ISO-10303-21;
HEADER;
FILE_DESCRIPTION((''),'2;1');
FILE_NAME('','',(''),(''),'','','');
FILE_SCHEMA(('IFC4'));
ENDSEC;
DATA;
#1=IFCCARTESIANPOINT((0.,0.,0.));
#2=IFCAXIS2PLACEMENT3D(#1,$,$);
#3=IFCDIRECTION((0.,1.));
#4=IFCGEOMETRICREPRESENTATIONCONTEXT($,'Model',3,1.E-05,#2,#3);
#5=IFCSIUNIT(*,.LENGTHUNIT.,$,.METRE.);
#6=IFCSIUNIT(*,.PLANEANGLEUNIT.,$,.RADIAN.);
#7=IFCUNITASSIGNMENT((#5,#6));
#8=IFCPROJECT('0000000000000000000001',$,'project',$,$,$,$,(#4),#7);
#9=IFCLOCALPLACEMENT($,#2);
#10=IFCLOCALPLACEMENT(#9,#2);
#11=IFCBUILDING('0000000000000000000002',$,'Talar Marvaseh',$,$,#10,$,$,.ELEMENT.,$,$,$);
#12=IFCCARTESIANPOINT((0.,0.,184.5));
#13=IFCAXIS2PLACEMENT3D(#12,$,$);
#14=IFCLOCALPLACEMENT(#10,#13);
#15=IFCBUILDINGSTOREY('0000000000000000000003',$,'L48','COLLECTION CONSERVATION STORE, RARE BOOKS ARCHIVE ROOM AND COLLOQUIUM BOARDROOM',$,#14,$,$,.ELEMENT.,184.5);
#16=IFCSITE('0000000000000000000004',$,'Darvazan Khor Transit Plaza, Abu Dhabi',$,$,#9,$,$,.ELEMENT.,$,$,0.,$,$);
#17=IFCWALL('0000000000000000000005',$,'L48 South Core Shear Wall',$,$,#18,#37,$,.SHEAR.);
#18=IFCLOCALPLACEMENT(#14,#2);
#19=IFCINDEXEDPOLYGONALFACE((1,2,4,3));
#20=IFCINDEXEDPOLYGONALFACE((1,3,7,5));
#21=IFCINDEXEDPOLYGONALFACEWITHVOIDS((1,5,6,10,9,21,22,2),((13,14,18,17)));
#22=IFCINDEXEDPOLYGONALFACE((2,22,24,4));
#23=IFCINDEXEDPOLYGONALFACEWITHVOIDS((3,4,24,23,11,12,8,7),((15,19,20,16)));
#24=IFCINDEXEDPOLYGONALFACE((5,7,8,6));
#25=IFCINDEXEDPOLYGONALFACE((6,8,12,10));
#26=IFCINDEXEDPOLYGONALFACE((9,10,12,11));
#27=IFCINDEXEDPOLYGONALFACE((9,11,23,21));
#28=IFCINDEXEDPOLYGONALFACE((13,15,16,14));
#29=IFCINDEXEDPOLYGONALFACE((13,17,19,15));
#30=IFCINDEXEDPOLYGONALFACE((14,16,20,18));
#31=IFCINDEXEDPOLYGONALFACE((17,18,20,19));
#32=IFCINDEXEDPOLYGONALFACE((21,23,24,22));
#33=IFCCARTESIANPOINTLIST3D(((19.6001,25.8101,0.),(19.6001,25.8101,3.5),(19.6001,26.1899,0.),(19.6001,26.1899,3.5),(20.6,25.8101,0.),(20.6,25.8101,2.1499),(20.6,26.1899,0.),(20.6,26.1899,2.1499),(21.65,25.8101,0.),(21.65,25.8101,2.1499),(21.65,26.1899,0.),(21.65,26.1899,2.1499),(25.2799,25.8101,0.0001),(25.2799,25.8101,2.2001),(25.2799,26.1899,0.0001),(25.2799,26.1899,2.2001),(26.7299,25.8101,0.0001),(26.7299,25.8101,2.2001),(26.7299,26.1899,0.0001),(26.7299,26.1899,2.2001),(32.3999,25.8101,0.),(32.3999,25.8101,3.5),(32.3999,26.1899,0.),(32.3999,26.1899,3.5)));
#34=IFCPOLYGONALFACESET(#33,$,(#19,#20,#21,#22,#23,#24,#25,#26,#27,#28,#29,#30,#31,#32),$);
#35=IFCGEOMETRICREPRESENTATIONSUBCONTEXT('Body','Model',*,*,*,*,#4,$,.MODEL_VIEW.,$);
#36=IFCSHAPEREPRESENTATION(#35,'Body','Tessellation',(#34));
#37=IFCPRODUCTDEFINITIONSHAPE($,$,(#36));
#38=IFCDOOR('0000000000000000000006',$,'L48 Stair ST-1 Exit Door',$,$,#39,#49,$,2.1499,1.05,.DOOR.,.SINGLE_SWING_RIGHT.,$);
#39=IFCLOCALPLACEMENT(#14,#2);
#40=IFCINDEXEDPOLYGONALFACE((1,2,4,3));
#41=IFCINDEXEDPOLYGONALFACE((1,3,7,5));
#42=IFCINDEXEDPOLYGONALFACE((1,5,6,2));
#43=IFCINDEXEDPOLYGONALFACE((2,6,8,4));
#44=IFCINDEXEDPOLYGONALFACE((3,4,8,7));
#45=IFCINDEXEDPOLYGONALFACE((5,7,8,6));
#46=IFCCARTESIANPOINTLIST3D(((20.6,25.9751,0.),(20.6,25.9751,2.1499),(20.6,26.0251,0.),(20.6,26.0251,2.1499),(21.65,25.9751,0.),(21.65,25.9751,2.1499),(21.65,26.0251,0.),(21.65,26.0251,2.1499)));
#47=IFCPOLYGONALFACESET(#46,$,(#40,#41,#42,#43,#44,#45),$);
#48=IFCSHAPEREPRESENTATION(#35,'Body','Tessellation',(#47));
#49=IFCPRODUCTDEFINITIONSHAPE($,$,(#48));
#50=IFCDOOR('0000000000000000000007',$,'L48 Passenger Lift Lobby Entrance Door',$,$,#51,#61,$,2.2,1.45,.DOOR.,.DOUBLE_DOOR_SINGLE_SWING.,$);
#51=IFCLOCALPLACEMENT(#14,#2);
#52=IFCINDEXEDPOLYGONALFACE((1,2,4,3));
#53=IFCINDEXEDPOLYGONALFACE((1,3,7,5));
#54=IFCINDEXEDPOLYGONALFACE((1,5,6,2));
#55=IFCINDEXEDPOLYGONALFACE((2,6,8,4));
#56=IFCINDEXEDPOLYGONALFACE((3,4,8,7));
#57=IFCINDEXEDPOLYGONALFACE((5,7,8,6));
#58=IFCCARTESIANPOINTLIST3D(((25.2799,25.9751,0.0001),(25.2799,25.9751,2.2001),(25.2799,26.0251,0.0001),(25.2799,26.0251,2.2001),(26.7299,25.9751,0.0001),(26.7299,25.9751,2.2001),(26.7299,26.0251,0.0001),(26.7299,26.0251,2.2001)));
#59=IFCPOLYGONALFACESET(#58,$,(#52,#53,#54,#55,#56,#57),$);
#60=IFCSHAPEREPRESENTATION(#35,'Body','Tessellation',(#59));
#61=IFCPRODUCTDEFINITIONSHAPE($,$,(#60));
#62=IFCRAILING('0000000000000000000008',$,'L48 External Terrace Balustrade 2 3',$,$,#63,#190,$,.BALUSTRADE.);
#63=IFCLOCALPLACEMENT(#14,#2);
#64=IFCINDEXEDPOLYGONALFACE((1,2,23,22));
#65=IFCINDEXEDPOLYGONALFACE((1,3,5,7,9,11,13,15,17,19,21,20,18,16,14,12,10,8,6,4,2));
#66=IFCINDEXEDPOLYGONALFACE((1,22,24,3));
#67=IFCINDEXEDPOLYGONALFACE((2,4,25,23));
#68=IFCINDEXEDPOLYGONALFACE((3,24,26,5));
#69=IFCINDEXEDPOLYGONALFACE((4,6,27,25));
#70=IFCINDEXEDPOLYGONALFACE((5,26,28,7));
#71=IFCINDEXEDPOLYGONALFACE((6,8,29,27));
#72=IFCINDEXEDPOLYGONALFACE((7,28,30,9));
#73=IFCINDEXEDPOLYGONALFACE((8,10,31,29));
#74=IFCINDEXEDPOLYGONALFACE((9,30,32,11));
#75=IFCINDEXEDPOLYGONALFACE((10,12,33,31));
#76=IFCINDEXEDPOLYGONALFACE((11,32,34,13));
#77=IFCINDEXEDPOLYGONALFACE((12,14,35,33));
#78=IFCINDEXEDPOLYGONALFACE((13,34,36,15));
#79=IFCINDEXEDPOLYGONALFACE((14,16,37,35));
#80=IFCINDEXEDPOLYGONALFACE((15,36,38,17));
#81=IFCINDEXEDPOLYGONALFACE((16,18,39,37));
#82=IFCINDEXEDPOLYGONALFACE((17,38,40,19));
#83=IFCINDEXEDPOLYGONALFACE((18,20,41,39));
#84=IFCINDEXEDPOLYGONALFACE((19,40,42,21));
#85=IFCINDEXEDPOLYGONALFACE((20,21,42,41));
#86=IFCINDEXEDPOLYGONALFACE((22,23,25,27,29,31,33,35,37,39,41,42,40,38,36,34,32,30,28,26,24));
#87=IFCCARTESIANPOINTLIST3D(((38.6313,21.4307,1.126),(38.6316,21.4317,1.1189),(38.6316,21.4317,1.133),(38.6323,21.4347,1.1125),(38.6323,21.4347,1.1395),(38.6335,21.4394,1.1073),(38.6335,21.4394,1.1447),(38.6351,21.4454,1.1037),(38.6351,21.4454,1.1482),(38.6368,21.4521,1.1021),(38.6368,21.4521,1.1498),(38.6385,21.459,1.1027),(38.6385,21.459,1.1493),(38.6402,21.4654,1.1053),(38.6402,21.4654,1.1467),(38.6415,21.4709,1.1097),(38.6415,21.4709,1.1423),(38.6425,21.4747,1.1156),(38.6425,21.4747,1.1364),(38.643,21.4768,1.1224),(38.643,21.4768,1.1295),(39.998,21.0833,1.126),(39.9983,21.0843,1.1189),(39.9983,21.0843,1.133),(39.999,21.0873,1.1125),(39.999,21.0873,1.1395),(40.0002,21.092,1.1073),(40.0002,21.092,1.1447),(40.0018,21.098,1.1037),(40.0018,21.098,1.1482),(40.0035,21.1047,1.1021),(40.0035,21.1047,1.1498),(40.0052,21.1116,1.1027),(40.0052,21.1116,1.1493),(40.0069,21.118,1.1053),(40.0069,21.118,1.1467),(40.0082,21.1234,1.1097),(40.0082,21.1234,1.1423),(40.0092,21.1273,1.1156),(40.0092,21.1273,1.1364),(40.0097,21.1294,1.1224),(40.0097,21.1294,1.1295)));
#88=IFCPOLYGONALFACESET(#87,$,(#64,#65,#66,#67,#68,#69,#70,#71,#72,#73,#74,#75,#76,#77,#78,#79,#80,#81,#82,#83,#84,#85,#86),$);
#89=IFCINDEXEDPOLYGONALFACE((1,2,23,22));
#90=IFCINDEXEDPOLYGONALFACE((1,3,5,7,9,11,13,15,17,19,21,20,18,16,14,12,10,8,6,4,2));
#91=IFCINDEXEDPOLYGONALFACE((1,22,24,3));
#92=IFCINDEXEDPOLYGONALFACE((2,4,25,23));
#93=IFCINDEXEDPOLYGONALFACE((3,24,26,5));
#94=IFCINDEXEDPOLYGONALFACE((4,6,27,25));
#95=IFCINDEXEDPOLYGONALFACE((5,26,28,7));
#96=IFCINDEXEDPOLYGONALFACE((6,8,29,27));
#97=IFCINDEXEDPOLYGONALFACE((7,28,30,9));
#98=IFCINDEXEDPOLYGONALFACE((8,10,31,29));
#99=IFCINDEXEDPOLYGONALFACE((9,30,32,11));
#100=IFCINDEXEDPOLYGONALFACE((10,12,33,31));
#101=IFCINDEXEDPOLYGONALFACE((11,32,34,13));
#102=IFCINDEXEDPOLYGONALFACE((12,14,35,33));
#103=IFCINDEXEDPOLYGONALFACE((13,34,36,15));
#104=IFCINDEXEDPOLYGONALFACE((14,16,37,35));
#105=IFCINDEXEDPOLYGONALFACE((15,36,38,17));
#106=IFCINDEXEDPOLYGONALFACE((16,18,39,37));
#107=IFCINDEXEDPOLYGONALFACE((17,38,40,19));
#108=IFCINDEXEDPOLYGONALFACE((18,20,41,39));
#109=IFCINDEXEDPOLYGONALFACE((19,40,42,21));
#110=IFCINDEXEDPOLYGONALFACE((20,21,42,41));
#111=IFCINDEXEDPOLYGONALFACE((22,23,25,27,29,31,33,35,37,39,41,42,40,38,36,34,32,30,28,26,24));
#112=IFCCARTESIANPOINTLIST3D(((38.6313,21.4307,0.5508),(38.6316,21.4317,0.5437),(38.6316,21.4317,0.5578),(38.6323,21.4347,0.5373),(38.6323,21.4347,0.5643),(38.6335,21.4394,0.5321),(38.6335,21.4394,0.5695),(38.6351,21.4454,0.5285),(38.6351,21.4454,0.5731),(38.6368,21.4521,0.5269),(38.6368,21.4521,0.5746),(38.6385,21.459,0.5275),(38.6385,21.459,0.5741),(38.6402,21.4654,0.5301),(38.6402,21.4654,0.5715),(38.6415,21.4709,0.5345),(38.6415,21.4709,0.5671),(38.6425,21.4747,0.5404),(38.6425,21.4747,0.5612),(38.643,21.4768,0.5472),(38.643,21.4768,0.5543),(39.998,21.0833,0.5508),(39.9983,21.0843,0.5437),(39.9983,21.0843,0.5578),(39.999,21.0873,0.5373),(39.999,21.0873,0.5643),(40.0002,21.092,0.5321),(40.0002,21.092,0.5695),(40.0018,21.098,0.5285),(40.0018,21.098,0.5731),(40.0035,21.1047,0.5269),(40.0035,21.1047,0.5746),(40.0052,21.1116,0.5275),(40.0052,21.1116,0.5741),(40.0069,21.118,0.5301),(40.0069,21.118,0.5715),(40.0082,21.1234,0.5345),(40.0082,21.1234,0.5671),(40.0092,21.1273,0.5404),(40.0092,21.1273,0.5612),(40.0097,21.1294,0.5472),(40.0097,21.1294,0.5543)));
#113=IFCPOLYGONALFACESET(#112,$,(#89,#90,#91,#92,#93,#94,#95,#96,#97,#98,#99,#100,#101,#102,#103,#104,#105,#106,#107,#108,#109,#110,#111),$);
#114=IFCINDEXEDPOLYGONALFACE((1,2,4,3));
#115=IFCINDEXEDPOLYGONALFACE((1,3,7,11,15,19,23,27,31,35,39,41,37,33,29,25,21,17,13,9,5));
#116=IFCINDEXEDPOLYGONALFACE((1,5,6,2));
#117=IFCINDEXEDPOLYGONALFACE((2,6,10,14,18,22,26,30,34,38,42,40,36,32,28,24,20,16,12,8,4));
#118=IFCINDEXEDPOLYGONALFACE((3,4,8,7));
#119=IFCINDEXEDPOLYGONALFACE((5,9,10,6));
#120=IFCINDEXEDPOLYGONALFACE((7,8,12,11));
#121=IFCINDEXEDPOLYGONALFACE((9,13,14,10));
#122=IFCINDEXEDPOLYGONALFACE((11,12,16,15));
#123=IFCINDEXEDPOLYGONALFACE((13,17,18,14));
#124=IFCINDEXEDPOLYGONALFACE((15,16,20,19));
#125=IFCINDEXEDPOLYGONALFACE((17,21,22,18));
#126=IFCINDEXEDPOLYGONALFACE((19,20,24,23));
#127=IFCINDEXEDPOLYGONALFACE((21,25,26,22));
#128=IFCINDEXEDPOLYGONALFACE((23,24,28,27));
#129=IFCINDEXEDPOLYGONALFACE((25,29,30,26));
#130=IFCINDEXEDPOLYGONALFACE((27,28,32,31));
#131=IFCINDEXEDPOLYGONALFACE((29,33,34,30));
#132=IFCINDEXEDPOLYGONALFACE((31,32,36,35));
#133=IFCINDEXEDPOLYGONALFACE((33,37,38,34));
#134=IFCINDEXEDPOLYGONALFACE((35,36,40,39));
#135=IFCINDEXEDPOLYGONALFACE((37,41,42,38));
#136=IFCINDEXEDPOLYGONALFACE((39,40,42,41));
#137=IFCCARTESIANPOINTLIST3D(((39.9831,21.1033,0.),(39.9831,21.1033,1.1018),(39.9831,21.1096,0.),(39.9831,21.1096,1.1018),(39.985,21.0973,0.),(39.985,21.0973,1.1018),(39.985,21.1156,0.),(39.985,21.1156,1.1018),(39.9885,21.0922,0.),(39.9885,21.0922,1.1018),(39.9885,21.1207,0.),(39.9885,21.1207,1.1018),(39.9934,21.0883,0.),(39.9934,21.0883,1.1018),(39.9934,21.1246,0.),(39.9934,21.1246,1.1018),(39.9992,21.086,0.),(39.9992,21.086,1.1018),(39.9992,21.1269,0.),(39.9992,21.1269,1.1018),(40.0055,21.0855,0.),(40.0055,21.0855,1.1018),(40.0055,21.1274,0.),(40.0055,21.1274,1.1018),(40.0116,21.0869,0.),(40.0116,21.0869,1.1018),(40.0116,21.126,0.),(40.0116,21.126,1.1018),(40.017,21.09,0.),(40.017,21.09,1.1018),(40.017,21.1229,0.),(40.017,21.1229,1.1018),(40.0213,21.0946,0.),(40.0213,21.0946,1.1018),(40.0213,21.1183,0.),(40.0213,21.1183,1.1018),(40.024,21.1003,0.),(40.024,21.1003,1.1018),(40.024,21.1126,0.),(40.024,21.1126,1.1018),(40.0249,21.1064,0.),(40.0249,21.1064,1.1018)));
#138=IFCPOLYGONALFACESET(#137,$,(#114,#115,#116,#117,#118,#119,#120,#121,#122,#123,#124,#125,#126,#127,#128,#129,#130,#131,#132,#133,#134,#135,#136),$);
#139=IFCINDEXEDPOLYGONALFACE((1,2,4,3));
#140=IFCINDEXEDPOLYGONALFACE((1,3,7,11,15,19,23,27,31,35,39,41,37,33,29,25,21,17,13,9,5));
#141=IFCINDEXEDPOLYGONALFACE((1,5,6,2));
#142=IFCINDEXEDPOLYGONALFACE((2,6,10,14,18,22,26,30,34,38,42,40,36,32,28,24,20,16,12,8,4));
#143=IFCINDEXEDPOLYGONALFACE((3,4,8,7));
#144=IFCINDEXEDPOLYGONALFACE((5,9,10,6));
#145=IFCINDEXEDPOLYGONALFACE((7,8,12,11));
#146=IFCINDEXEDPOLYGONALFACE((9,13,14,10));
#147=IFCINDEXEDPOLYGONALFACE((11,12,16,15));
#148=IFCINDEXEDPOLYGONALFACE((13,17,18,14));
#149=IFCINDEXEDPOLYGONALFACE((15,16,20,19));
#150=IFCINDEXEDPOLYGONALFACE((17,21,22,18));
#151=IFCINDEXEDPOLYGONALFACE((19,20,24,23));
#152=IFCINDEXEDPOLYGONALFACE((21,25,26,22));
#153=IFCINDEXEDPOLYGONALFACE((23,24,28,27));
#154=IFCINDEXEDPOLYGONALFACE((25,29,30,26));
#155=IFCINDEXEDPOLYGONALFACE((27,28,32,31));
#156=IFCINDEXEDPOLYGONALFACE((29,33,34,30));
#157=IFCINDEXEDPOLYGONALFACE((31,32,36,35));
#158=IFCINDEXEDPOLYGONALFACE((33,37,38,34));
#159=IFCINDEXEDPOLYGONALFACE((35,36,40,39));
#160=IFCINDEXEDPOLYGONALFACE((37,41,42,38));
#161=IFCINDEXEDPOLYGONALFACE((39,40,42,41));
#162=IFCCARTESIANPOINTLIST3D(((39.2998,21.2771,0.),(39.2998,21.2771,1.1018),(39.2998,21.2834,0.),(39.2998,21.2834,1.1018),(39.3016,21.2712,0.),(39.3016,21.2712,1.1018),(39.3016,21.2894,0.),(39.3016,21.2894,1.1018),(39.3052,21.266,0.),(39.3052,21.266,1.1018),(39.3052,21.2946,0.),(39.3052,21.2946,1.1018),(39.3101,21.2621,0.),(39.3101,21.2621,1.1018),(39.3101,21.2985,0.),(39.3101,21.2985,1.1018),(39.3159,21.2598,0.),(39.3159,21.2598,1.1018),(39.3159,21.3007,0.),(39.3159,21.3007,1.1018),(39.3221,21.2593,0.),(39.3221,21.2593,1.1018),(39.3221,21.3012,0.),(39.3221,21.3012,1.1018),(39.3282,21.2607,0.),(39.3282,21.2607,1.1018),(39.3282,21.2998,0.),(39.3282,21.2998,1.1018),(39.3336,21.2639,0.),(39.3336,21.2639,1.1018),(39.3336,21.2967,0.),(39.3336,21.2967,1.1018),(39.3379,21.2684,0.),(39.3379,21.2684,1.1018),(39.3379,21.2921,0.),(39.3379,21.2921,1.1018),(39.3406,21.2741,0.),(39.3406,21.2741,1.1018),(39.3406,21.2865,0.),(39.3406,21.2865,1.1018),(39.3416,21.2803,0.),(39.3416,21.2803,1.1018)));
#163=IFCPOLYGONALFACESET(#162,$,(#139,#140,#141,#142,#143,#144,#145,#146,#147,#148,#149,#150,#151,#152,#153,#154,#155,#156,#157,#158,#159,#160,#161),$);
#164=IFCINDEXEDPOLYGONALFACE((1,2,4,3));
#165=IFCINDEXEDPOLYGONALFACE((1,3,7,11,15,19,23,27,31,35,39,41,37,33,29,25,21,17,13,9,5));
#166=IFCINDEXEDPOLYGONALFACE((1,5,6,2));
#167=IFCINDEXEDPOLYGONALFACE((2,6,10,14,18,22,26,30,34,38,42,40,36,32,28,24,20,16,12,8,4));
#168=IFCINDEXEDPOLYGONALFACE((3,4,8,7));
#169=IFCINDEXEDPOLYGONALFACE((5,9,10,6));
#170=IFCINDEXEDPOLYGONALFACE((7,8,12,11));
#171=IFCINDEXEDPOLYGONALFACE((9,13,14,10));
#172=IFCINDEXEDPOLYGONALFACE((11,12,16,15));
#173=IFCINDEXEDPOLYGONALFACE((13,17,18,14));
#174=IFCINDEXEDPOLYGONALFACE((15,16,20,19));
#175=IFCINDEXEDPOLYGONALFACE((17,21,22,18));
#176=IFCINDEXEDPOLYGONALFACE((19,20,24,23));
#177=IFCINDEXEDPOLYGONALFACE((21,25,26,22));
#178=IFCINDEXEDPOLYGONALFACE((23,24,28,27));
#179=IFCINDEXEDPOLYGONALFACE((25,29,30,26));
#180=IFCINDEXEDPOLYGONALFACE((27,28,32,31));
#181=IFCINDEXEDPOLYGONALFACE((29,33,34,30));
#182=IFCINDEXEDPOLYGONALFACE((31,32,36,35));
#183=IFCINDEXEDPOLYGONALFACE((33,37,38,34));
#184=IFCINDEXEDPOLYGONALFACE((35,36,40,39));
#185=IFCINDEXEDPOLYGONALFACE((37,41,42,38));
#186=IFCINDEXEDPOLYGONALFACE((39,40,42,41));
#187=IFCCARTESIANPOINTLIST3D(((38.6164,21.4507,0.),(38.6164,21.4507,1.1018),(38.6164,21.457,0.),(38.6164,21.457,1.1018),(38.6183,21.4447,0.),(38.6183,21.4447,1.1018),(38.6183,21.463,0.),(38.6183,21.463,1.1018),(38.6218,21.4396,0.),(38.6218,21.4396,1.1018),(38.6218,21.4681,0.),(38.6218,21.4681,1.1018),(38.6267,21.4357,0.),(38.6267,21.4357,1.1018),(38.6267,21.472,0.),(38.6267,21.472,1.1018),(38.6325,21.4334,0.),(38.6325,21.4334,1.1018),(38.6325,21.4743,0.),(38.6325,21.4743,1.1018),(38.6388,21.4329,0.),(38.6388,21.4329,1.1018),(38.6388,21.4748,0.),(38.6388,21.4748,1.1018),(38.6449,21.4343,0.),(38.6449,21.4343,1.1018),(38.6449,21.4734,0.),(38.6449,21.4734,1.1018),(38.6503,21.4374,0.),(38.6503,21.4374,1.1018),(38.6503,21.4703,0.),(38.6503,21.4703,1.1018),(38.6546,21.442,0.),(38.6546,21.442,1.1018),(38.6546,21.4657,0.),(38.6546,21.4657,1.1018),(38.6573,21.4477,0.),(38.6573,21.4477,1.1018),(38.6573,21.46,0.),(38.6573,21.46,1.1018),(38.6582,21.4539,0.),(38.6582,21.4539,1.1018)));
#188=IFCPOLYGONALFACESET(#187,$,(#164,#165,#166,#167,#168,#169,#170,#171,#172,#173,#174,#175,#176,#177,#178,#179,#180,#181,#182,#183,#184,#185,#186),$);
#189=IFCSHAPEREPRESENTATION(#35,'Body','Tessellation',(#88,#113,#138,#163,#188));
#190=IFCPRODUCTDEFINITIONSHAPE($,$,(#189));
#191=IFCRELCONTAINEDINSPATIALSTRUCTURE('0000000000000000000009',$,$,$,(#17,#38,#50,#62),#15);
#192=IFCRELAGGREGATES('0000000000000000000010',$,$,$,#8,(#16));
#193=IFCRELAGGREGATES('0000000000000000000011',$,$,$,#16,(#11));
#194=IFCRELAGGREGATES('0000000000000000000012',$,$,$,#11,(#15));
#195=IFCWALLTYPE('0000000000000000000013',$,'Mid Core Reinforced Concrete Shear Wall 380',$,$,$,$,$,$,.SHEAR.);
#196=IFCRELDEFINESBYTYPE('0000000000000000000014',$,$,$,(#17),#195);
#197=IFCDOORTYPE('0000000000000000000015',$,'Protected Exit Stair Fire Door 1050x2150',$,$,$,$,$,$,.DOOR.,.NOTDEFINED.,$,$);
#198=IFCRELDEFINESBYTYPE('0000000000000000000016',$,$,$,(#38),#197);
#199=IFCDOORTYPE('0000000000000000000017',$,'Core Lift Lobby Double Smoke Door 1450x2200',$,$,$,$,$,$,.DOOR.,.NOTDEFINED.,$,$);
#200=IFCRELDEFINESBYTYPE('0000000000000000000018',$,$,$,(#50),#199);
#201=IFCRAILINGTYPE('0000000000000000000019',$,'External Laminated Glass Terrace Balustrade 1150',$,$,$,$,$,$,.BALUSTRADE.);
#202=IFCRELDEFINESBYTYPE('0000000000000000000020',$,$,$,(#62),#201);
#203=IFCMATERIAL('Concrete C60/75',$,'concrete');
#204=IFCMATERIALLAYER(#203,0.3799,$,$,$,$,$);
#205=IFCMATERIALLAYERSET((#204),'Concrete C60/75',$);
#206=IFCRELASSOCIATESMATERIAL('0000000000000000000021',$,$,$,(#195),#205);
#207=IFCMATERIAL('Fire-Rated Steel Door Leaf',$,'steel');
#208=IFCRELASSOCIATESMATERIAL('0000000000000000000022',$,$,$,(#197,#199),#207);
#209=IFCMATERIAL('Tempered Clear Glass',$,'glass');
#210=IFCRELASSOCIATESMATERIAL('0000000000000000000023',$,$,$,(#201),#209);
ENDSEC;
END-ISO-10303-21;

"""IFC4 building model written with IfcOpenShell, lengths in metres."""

from ifc_helpers import new_model, si_unit, direction, frame, frame_2d, origin, origin_2d, place, context, subcontext, project, spatial, rectangle, circle, extrude, source, transform, mapped, material, layer, layer_set, type_object, type_shapes, element, fill, save


model = new_model("IFC4")

# Units and contexts
model_context = context("Model", 3, precision=1e-05, world=origin(), true_north=direction((0.0, 1.0)))
body_context = subcontext(model_context, "Body", "Model", "MODEL_VIEW")
ifc_project = project(units=[si_unit("LENGTHUNIT", "METRE"), si_unit("PLANEANGLEUNIT", "RADIAN")], contexts=[model_context])

# Site, building, storey
site_placement = place(None, origin())
site = spatial("IfcSite", under=ifc_project, at=site_placement, Name="Darvazan Khor Transit Plaza, Abu Dhabi", CompositionType="ELEMENT", RefElevation=0.0)
building_placement = place(site_placement, origin())
building = spatial("IfcBuilding", under=site, at=building_placement, Name="Talar Marvaseh", CompositionType="ELEMENT")
storey_placement = place(building_placement, frame((0.0, 0.0, 184.5)))
storey = spatial("IfcBuildingStorey", under=building, at=storey_placement, Name="L48", Description="COLLECTION CONSERVATION STORE, RARE BOOKS ARCHIVE ROOM AND COLLOQUIUM BOARDROOM", CompositionType="ELEMENT", Elevation=184.5)

# Shared definitions
ifc_material_1 = material(Name="Concrete C60/75", Category="concrete")

# Wall, openings, doors
ifc_layer_1 = layer(ifc_material_1, 0.3799)
ifc_layer_set_1 = layer_set([ifc_layer_1], Name="Concrete C60/75")
wall_type_1 = type_object("IfcWallType", Name="Mid Core Reinforced Concrete Shear Wall 380", PredefinedType="SHEAR", material=ifc_layer_set_1)
wall_1_placement = place(storey_placement, frame((32.3999, 26.0, 0.0), z_axis=(0.0, 0.0, 1.0), x_axis=(-1.0, 0.0, 0.0)))
wall_1 = element("IfcWall", 1, at=wall_1_placement, inside=storey, type_object=wall_type_1, Name="L48 South Core Shear Wall", PredefinedType="SHEAR", context=body_context, shape_type="SweptSolid", body=[
    extrude(rectangle(XDim=12.7998, YDim=0.3799, at=frame_2d((6.3999, 0.0))), origin(), (0.0, 0.0, 1.0), 3.5),
])
opening_1_placement = place(wall_1_placement, frame((10.75, 0.0, 0.0)))
opening_1 = element("IfcOpeningElement", 2, at=opening_1_placement, cuts=wall_1, PredefinedType="OPENING", context=body_context, shape_type="SweptSolid", body=[
    extrude(rectangle(XDim=1.05, YDim=2.1499, at=frame_2d((0.5249, 1.075))), frame((0.0, 0.2, 0.0), z_axis=(0.0, -1.0, 0.0), x_axis=(1.0, 0.0, 0.0)), (0.0, 0.0, 1.0), 0.3999),
])
opening_2_placement = place(wall_1_placement, frame((5.6699, 0.0, 0.0)))
opening_2 = element("IfcOpeningElement", 3, at=opening_2_placement, cuts=wall_1, PredefinedType="OPENING", context=body_context, shape_type="SweptSolid", body=[
    extrude(rectangle(XDim=1.45, YDim=2.2, at=frame_2d((0.7251, 1.1001))), frame((0.0, 0.2, 0.0), z_axis=(0.0, -1.0, 0.0), x_axis=(1.0, 0.0, 0.0)), (0.0, 0.0, 1.0), 0.3999),
])
ifc_material_2 = material(Name="Fire-Rated Steel Door Leaf", Category="steel")
door_type_1 = type_object("IfcDoorType", Name="Protected Exit Stair Fire Door 1050x2150", OperationType="NOTDEFINED", PredefinedType="DOOR", material=ifc_material_2)
shared_shape_1 = source(origin(), body_context, "Body", "SweptSolid", [
    extrude(rectangle(XDim=1.05, YDim=2.1499, at=frame_2d((0.5249, 1.075))), frame((0.0, 0.0249, 0.0), z_axis=(0.0, -1.0, 0.0), x_axis=(1.0, 0.0, 0.0)), (0.0, 0.0, 1.0), 0.05),
])
type_shapes(door_type_1, [shared_shape_1])
door_1_placement = place(opening_1_placement, origin())
door_1 = element("IfcDoor", 4, at=door_1_placement, inside=storey, type_object=door_type_1, Name="L48 Stair ST-1 Exit Door", OperationType="SINGLE_SWING_RIGHT", OverallHeight=2.1499, OverallWidth=1.05, PredefinedType="DOOR", context=body_context, shape_type="MappedRepresentation", body=[
    mapped(shared_shape_1, transform((0.0, 0.0, 0.0), x_axis=(1.0, 0.0, 0.0), y_axis=(0.0, 1.0, 0.0), z_axis=(0.0, 0.0, 1.0), scale=1.0)),
])
fill(opening_1, door_1)
door_type_2 = type_object("IfcDoorType", Name="Core Lift Lobby Double Smoke Door 1450x2200", OperationType="NOTDEFINED", PredefinedType="DOOR", material=ifc_material_2)
shared_shape_2 = source(origin(), body_context, "Body", "SweptSolid", [
    extrude(rectangle(XDim=1.45, YDim=2.2, at=frame_2d((0.7251, 1.1001))), frame((0.0, 0.0249, 0.0), z_axis=(0.0, -1.0, 0.0), x_axis=(1.0, 0.0, 0.0)), (0.0, 0.0, 1.0), 0.05),
])
type_shapes(door_type_2, [shared_shape_2])
door_2_placement = place(opening_2_placement, origin())
door_2 = element("IfcDoor", 5, at=door_2_placement, inside=storey, type_object=door_type_2, Name="L48 Passenger Lift Lobby Entrance Door", OperationType="DOUBLE_DOOR_SINGLE_SWING", OverallHeight=2.2, OverallWidth=1.45, PredefinedType="DOOR", context=body_context, shape_type="MappedRepresentation", body=[
    mapped(shared_shape_2, transform((0.0, 0.0, 0.0), x_axis=(1.0, 0.0, 0.0), y_axis=(0.0, 1.0, 0.0), z_axis=(0.0, 0.0, 1.0), scale=1.0)),
])
fill(opening_2, door_2)

# Railing
ifc_material_3 = material(Name="Tempered Clear Glass", Category="glass")
railing_type = type_object("IfcRailingType", Name="External Laminated Glass Terrace Balustrade 1150", PredefinedType="BALUSTRADE", material=ifc_material_3)
railing_placement = place(storey_placement, frame((40.0039, 21.1064, 0.0)))
element("IfcRailing", 6, at=railing_placement, inside=storey, type_object=railing_type, Name="L48 External Terrace Balustrade 2 3", PredefinedType="BALUSTRADE", context=body_context, shape_type="SweptSolid", body=[
    extrude(circle(Radius=0.0239, at=origin_2d()), frame((0.0, 0.0, 1.126), z_axis=(-0.969178, 0.246363, 0.0), x_axis=(-0.246363, -0.969178, 0.0)), (0.0, 0.0, 1.0), 1.4102),
    extrude(circle(Radius=0.0239, at=origin_2d()), frame((0.0, 0.0, 0.5508), z_axis=(-0.969178, 0.246363, 0.0), x_axis=(-0.246363, -0.969178, 0.0)), (0.0, 0.0, 1.0), 1.4102),
    extrude(circle(Radius=0.021, at=origin_2d()), origin(), (0.0, 0.0, 1.0), 1.1018),
    extrude(circle(Radius=0.021, at=origin_2d()), frame((-0.6833, 0.1738, 0.0)), (0.0, 0.0, 1.0), 1.1018),
    extrude(circle(Radius=0.021, at=origin_2d()), frame((-1.3667, 0.3474, 0.0)), (0.0, 0.0, 1.0), 1.1018),
])

save(model, "model.ifc")
